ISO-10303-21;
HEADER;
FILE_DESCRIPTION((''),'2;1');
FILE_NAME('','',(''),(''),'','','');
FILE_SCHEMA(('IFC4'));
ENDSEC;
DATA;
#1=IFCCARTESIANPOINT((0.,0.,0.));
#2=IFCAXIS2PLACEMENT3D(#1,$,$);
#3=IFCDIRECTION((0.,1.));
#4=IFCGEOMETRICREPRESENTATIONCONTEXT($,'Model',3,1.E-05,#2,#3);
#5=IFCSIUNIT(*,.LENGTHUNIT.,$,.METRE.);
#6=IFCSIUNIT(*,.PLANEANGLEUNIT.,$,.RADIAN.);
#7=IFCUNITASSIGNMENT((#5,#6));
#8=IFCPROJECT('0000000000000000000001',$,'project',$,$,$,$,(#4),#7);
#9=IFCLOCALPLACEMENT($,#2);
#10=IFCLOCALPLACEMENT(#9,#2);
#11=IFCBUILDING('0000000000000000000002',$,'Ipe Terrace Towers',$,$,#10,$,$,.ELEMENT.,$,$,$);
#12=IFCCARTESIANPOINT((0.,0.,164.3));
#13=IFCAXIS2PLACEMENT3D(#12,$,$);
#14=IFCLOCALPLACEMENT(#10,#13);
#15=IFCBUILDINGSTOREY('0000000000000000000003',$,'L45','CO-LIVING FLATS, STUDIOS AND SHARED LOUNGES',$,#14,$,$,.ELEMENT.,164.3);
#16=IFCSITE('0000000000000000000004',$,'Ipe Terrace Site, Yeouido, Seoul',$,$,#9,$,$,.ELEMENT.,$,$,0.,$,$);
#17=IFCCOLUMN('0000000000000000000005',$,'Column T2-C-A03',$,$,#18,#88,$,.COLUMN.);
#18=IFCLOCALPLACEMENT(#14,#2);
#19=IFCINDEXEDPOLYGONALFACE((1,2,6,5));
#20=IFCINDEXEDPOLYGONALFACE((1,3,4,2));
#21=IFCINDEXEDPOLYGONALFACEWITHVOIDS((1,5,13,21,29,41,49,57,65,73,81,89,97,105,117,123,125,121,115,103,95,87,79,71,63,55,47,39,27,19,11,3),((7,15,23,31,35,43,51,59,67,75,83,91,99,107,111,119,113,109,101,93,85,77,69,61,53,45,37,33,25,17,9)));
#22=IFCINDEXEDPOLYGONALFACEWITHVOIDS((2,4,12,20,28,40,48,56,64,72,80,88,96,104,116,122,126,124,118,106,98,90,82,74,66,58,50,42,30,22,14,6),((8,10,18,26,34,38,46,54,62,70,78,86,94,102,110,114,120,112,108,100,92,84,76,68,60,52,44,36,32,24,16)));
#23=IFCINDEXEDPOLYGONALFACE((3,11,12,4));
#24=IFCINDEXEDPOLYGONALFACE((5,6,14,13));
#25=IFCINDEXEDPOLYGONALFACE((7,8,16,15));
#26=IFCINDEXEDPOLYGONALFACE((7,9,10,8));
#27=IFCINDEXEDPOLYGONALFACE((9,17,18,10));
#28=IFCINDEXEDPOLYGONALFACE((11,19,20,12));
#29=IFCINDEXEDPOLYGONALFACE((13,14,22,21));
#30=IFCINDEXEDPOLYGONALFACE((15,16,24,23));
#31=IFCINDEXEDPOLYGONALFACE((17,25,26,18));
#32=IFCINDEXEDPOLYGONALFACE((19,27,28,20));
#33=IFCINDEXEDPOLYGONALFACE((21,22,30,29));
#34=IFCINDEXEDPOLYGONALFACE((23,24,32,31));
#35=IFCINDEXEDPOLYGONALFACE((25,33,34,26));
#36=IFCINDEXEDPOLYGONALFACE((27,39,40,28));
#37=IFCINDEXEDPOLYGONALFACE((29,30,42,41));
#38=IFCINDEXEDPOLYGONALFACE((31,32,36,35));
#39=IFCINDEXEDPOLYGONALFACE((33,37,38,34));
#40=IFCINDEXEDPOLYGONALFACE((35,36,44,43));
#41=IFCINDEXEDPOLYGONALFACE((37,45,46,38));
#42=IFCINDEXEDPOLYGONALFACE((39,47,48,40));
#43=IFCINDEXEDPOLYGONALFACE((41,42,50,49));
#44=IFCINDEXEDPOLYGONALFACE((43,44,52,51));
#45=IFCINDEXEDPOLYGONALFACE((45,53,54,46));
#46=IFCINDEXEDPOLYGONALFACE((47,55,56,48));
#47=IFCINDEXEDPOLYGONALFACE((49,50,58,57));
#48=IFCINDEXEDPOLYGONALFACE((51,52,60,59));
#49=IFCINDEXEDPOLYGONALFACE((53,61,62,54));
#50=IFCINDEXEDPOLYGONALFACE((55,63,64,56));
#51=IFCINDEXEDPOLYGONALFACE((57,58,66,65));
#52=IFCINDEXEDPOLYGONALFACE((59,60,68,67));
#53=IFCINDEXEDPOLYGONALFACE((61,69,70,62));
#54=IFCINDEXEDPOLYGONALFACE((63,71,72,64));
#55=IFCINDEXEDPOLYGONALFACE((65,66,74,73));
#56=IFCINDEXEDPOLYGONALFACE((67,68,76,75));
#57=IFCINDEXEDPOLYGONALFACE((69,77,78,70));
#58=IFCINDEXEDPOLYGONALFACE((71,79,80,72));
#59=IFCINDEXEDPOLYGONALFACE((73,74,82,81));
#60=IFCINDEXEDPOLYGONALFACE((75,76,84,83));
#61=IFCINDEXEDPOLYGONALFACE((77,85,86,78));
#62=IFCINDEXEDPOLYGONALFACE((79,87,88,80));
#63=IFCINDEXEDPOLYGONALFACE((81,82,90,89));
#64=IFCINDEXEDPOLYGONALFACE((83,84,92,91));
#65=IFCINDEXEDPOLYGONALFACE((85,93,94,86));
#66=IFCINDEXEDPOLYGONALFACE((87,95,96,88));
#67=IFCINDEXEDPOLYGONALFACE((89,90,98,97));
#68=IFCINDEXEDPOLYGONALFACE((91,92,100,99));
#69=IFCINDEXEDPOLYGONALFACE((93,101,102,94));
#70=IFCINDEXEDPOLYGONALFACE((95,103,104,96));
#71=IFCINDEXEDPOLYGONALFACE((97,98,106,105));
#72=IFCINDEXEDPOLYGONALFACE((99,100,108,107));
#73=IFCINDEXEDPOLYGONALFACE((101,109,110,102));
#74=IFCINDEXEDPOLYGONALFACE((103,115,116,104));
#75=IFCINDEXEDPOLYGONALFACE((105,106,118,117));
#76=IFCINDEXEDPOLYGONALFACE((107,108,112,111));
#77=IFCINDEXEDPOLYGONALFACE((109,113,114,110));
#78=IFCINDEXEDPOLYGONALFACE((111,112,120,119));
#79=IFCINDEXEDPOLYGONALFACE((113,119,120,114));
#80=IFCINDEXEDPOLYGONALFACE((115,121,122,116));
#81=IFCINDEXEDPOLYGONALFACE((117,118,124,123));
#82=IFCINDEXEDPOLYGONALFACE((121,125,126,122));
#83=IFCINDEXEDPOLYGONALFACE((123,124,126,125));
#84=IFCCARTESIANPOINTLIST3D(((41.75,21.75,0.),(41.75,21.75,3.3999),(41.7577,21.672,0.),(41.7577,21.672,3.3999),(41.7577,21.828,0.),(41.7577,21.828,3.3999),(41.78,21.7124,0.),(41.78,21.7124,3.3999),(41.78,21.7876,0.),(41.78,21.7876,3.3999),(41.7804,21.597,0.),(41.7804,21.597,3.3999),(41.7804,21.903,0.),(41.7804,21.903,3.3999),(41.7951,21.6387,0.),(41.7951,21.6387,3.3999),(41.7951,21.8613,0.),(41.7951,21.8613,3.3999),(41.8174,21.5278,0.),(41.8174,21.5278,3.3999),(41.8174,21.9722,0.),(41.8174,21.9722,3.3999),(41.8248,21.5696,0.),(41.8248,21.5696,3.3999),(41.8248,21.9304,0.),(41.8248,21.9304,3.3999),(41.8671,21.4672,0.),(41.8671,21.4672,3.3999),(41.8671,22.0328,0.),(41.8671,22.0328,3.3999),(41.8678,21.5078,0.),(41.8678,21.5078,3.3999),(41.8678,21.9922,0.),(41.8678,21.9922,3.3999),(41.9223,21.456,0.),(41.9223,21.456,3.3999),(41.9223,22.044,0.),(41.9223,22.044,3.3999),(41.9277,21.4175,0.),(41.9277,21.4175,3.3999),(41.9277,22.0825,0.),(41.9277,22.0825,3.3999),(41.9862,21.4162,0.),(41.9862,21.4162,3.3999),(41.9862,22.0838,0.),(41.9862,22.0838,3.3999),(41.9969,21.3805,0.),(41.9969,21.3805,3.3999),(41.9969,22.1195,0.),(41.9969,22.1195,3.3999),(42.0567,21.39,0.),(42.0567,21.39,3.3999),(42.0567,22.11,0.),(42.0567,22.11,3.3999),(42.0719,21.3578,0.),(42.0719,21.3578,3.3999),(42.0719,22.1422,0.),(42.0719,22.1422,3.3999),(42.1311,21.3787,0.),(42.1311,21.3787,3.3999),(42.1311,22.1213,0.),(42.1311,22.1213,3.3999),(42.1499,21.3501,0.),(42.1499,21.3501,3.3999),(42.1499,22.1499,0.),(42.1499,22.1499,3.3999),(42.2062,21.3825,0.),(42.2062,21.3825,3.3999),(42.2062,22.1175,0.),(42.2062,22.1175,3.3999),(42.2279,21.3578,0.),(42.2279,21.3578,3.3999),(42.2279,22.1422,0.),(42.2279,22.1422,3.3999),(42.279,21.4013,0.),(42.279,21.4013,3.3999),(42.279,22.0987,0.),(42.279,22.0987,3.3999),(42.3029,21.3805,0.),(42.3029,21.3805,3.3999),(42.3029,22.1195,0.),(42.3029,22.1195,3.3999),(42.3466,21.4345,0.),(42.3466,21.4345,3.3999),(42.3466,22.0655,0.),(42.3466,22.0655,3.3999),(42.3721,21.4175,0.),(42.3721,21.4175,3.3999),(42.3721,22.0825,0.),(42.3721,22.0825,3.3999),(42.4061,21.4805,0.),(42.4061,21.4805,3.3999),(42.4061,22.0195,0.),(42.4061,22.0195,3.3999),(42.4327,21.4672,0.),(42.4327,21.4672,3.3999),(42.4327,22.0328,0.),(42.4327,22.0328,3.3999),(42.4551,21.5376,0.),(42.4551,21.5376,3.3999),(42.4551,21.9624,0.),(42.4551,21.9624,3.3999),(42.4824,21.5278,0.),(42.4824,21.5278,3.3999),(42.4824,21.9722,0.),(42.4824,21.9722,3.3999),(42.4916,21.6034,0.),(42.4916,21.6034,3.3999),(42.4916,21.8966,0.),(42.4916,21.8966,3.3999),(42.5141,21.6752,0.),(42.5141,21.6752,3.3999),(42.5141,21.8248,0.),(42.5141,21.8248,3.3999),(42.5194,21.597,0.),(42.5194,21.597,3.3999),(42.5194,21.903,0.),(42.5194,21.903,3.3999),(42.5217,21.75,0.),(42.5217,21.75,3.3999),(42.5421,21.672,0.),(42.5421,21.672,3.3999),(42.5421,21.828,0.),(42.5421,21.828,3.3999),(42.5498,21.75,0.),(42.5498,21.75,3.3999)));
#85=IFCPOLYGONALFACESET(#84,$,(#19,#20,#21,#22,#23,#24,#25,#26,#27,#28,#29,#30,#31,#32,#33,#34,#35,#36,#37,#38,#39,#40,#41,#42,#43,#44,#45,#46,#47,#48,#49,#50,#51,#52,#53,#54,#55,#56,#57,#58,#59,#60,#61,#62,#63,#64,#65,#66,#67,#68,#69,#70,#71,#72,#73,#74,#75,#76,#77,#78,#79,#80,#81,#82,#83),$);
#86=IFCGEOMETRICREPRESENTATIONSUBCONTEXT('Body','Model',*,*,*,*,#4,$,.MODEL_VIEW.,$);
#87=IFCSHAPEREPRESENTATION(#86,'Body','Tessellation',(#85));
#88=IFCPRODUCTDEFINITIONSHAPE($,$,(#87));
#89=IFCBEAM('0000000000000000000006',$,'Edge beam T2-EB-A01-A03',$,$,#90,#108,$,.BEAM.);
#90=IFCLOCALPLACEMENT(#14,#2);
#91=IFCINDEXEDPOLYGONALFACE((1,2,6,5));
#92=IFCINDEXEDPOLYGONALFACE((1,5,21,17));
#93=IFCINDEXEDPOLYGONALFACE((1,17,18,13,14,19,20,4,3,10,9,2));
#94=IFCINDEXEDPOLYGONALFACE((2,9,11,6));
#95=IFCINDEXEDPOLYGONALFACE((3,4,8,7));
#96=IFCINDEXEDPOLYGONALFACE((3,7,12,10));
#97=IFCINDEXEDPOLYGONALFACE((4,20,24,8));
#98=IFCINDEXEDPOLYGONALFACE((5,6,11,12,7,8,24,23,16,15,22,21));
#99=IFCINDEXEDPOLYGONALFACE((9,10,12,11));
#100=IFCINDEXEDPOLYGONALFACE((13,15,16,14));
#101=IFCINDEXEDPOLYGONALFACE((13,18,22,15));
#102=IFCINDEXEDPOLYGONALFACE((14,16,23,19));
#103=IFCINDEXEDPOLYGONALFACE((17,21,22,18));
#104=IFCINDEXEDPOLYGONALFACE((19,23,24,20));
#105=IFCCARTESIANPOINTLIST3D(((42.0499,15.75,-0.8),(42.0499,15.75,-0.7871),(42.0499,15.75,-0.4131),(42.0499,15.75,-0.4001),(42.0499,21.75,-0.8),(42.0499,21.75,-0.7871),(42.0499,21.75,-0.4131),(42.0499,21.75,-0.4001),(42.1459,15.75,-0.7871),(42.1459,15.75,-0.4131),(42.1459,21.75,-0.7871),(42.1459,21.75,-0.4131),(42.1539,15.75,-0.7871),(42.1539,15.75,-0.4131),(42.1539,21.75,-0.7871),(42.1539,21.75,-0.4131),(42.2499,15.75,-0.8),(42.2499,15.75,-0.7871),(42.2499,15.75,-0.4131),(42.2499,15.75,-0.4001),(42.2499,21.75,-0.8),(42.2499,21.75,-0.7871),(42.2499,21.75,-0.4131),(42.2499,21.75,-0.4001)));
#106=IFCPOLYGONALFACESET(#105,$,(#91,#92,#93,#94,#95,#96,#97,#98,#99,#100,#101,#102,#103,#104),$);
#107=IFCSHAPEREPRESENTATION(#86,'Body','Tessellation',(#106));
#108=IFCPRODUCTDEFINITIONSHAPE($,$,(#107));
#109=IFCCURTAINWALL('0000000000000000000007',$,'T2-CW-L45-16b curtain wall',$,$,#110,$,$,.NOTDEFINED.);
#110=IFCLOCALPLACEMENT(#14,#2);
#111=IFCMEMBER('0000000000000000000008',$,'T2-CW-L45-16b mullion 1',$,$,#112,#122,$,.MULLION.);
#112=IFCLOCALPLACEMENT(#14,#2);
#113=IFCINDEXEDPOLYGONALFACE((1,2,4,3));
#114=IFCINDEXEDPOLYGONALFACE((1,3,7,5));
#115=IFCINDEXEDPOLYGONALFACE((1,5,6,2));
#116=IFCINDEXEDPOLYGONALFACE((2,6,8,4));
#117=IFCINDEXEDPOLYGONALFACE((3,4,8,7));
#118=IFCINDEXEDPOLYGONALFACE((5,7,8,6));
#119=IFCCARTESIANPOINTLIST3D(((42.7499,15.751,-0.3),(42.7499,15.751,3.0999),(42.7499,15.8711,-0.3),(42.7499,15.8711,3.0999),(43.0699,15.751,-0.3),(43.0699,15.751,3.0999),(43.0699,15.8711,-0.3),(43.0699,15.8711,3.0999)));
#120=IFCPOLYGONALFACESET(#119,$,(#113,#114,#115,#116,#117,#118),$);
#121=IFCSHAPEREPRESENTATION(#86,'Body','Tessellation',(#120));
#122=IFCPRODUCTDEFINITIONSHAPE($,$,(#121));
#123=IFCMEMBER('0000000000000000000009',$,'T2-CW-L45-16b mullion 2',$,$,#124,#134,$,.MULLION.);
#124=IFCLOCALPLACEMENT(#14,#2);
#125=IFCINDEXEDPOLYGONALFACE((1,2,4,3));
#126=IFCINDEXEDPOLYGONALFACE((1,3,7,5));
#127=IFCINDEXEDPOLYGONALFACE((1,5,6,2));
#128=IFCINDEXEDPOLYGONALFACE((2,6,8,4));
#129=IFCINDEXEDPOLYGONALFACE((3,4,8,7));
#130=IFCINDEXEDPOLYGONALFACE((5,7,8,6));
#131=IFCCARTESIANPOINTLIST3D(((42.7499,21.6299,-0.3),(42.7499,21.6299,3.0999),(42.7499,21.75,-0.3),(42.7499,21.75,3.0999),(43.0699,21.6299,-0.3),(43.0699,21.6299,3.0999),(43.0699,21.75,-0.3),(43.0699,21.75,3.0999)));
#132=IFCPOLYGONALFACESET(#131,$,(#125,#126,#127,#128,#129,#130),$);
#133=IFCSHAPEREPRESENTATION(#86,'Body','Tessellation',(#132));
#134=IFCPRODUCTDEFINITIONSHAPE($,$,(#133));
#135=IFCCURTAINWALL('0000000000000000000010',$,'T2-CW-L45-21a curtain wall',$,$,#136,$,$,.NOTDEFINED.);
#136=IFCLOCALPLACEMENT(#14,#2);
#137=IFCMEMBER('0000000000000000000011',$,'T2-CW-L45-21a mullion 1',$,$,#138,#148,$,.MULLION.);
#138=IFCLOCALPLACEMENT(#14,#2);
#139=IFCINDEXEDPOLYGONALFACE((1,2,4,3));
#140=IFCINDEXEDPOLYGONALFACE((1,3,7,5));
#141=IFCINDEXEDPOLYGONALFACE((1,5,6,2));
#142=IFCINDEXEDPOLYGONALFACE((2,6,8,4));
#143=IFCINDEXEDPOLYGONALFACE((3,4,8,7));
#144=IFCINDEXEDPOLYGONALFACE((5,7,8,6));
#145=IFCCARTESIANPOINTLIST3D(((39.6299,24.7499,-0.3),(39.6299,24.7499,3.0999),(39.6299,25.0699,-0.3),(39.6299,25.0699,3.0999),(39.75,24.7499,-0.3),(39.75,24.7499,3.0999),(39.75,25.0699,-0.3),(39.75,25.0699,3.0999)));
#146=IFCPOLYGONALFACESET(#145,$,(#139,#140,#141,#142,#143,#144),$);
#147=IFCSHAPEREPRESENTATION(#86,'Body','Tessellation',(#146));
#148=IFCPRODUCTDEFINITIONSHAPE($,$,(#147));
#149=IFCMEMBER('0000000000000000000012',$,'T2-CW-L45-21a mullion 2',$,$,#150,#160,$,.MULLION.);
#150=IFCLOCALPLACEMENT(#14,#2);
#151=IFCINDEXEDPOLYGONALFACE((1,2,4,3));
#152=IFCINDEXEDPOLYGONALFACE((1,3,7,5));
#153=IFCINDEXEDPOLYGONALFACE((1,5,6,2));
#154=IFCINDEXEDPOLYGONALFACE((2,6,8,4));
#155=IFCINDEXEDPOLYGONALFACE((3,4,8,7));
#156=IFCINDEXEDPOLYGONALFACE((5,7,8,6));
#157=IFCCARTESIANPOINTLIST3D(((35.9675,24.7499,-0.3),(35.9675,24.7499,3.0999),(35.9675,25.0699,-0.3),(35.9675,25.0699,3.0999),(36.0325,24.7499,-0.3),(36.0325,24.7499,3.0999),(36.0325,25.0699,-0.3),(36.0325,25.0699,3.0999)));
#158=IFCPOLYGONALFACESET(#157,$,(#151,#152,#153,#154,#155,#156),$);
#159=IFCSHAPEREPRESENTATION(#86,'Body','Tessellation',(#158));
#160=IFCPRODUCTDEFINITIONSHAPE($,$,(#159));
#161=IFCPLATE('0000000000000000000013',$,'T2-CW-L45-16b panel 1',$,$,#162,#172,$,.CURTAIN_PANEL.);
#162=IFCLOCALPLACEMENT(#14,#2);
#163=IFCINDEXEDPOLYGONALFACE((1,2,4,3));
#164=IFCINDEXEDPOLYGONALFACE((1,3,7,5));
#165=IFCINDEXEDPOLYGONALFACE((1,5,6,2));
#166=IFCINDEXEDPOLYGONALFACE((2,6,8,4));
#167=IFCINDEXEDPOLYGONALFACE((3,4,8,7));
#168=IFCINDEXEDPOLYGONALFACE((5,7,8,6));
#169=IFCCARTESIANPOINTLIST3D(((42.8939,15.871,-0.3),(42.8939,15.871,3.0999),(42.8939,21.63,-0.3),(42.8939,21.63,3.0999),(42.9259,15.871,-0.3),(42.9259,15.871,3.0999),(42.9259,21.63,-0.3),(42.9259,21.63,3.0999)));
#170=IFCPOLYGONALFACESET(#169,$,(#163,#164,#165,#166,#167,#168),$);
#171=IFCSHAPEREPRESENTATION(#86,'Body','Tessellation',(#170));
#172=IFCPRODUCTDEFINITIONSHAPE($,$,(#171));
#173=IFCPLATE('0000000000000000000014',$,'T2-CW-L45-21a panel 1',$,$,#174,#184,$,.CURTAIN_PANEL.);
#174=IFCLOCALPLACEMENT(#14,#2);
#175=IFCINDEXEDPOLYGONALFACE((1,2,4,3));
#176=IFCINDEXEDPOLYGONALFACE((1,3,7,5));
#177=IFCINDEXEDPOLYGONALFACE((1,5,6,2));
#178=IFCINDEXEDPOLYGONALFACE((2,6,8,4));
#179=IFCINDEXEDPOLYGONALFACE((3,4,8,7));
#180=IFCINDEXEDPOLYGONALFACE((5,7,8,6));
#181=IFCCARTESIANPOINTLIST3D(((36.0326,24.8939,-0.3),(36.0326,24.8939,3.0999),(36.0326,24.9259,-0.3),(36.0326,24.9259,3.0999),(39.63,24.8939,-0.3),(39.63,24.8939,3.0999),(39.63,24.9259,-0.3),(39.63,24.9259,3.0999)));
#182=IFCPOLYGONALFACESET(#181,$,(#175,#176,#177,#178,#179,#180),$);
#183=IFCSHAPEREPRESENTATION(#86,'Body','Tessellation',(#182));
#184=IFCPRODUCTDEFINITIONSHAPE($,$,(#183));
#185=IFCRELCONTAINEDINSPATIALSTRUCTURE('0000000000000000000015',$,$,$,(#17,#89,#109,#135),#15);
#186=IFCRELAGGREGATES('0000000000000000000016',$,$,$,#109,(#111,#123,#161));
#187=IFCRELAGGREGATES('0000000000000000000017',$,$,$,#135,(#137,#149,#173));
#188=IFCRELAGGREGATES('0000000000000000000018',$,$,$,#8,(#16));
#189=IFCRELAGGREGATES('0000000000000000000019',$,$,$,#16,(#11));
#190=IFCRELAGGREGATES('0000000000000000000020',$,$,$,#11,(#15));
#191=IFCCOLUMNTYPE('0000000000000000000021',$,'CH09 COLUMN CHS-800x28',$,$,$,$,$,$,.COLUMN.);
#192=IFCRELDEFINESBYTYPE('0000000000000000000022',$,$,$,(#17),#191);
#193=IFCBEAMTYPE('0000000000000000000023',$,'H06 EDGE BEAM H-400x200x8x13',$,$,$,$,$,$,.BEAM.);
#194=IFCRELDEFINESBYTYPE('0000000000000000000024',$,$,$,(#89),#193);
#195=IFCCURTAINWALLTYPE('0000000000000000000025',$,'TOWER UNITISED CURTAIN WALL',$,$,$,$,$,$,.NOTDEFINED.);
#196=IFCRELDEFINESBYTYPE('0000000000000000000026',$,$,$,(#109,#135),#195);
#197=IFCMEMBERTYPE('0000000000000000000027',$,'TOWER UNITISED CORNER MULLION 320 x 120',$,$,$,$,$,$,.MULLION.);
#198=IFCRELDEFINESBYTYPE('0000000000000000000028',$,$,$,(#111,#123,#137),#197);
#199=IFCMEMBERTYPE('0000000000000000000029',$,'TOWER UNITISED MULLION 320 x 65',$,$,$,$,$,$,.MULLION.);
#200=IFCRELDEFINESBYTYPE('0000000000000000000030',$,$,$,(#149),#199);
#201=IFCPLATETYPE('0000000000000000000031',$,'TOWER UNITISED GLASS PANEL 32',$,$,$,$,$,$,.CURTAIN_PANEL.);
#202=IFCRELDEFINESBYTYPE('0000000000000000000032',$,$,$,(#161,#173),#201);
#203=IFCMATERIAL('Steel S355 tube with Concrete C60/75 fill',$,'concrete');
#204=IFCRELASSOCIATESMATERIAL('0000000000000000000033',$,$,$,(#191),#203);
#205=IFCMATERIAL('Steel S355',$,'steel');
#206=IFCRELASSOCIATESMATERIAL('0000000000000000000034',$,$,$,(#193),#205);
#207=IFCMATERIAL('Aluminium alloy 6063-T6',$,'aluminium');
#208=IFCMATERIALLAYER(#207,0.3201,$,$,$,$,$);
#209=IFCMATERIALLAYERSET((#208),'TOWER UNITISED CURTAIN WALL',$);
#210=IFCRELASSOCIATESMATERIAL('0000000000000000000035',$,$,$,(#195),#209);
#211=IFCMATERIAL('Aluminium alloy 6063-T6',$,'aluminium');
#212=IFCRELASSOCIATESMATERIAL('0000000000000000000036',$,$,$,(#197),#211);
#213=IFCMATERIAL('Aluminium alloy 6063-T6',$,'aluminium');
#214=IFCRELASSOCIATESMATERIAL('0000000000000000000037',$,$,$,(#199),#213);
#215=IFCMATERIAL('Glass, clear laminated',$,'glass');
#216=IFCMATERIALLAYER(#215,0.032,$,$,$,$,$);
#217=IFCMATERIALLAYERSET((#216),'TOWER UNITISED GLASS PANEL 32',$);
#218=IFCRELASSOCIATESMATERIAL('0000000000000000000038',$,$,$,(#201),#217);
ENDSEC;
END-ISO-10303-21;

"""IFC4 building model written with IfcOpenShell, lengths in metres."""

from ifc_helpers import new_model, si_unit, direction, frame, origin, origin_2d, place, context, subcontext, project, spatial, rectangle, hollow_circle, i_section, extrude, material, layer, layer_set, material_profile, profile_set, type_object, element, aggregate, save


model = new_model("IFC4")

# Units and contexts
model_context = context("Model", 3, precision=1e-05, world=origin(), true_north=direction((0.0, 1.0)))
body_context = subcontext(model_context, "Body", "Model", "MODEL_VIEW")
ifc_project = project(units=[si_unit("LENGTHUNIT", "METRE"), si_unit("PLANEANGLEUNIT", "RADIAN")], contexts=[model_context])

# Site, building, storey
site_placement = place(None, origin())
site = spatial("IfcSite", under=ifc_project, at=site_placement, Name="Ipe Terrace Site, Yeouido, Seoul", CompositionType="ELEMENT", RefElevation=0.0)
building_placement = place(site_placement, origin())
building = spatial("IfcBuilding", under=site, at=building_placement, Name="Ipe Terrace Towers", CompositionType="ELEMENT")
storey_placement = place(building_placement, frame((0.0, 0.0, 164.3)))
storey = spatial("IfcBuildingStorey", under=building, at=storey_placement, Name="L45", Description="CO-LIVING FLATS, STUDIOS AND SHARED LOUNGES", CompositionType="ELEMENT", Elevation=164.3)

# Column
ifc_material_1 = material(Name="Steel S355 tube with Concrete C60/75 fill", Category="concrete")
ifc_material_profile_1 = material_profile(ifc_material_1, hollow_circle(Radius=0.3999, WallThickness=0.0281, at=origin_2d()), Name="CHS-800x28")
ifc_profile_set_1 = profile_set([ifc_material_profile_1], Name="Steel S355 tube with Concrete C60/75 fill")
column_type = type_object("IfcColumnType", Name="CH09 COLUMN CHS-800x28", PredefinedType="COLUMN", material=ifc_profile_set_1)
column_placement = place(storey_placement, frame((42.1499, 21.75, 0.0), z_axis=(0.0, 0.0, 1.0), x_axis=(1.0, 0.0, 0.0)))
element("IfcColumn", 1, at=column_placement, inside=storey, type_object=column_type, Name="Column T2-C-A03", PredefinedType="COLUMN", context=body_context, shape_type="SweptSolid", body=[
    extrude(hollow_circle(Radius=0.3999, WallThickness=0.0281, at=origin_2d()), origin(), (0.0, 0.0, 1.0), 3.3999),
])

# Beam
ifc_material_2 = material(Name="Steel S355", Category="steel")
ifc_material_profile_2 = material_profile(ifc_material_2, i_section(OverallWidth=0.2, OverallDepth=0.3999, WebThickness=0.0081, FlangeThickness=0.0129, at=origin_2d()), Name="H-400x200x8x13")
ifc_profile_set_2 = profile_set([ifc_material_profile_2], Name="Steel S355")
beam_type = type_object("IfcBeamType", Name="H06 EDGE BEAM H-400x200x8x13", PredefinedType="BEAM", material=ifc_profile_set_2)
beam_placement = place(storey_placement, frame((42.1499, 15.75, -0.6001), z_axis=(0.0, 1.0, 0.0), x_axis=(-1.0, 0.0, 0.0)))
element("IfcBeam", 2, at=beam_placement, inside=storey, type_object=beam_type, Name="Edge beam T2-EB-A01-A03", PredefinedType="BEAM", context=body_context, shape_type="SweptSolid", body=[
    extrude(i_section(OverallWidth=0.2, OverallDepth=0.3999, WebThickness=0.0081, FlangeThickness=0.0129, at=origin_2d()), origin(), (0.0, 0.0, 1.0), 6.0),
])

# Curtain walls, members
ifc_material_3 = material(Name="Aluminium alloy 6063-T6", Category="aluminium")
ifc_layer_1 = layer(ifc_material_3, 0.3201)
ifc_layer_set_1 = layer_set([ifc_layer_1], Name="TOWER UNITISED CURTAIN WALL")
curtain_wall_type = type_object("IfcCurtainWallType", Name="TOWER UNITISED CURTAIN WALL", PredefinedType="NOTDEFINED", material=ifc_layer_set_1)
curtain_wall_1_placement = place(storey_placement, origin())
curtain_wall_1 = element("IfcCurtainWall", 3, at=curtain_wall_1_placement, inside=storey, type_object=curtain_wall_type, Name="T2-CW-L45-16b curtain wall", PredefinedType="NOTDEFINED")
ifc_material_4 = material(Name="Aluminium alloy 6063-T6", Category="aluminium")
ifc_material_profile_3 = material_profile(ifc_material_4, rectangle(XDim=0.3201, YDim=0.1201, at=origin_2d()), Name="TOWER UNITISED CORNER MULLION 320 x 120")
ifc_profile_set_3 = profile_set([ifc_material_profile_3], Name="Aluminium alloy 6063-T6")
member_type_1 = type_object("IfcMemberType", Name="TOWER UNITISED CORNER MULLION 320 x 120", PredefinedType="MULLION", material=ifc_profile_set_3)
member_1_placement = place(storey_placement, frame((42.9099, 15.811, -0.3), z_axis=(0.0, 0.0, 1.0), x_axis=(1.0, 0.0, 0.0)))
member_1 = element("IfcMember", 4, at=member_1_placement, type_object=member_type_1, Name="T2-CW-L45-16b mullion 1", PredefinedType="MULLION", context=body_context, shape_type="SweptSolid", body=[
    extrude(rectangle(XDim=0.3201, YDim=0.1201, at=origin_2d()), origin(), (0.0, 0.0, 1.0), 3.3999),
])
member_2_placement = place(storey_placement, frame((42.9099, 21.6899, -0.3), z_axis=(0.0, 0.0, 1.0), x_axis=(1.0, 0.0, 0.0)))
member_2 = element("IfcMember", 5, at=member_2_placement, type_object=member_type_1, Name="T2-CW-L45-16b mullion 2", PredefinedType="MULLION", context=body_context, shape_type="SweptSolid", body=[
    extrude(rectangle(XDim=0.3201, YDim=0.1201, at=origin_2d()), origin(), (0.0, 0.0, 1.0), 3.3999),
])
curtain_wall_2_placement = place(storey_placement, origin())
curtain_wall_2 = element("IfcCurtainWall", 6, at=curtain_wall_2_placement, inside=storey, type_object=curtain_wall_type, Name="T2-CW-L45-21a curtain wall", PredefinedType="NOTDEFINED")
member_3_placement = place(storey_placement, frame((39.6899, 24.9099, -0.3), z_axis=(0.0, 0.0, 1.0), x_axis=(0.0, 1.0, 0.0)))
member_3 = element("IfcMember", 7, at=member_3_placement, type_object=member_type_1, Name="T2-CW-L45-21a mullion 1", PredefinedType="MULLION", context=body_context, shape_type="SweptSolid", body=[
    extrude(rectangle(XDim=0.3201, YDim=0.1201, at=origin_2d()), origin(), (0.0, 0.0, 1.0), 3.3999),
])
ifc_material_5 = material(Name="Aluminium alloy 6063-T6", Category="aluminium")
ifc_material_profile_4 = material_profile(ifc_material_5, rectangle(XDim=0.3201, YDim=0.0649, at=origin_2d()), Name="TOWER UNITISED MULLION 320 x 65")
ifc_profile_set_4 = profile_set([ifc_material_profile_4], Name="Aluminium alloy 6063-T6")
member_type_2 = type_object("IfcMemberType", Name="TOWER UNITISED MULLION 320 x 65", PredefinedType="MULLION", material=ifc_profile_set_4)
member_4_placement = place(storey_placement, frame((36.0, 24.9099, -0.3), z_axis=(0.0, 0.0, 1.0), x_axis=(0.0, 1.0, 0.0)))
member_4 = element("IfcMember", 8, at=member_4_placement, type_object=member_type_2, Name="T2-CW-L45-21a mullion 2", PredefinedType="MULLION", context=body_context, shape_type="SweptSolid", body=[
    extrude(rectangle(XDim=0.3201, YDim=0.0649, at=origin_2d()), origin(), (0.0, 0.0, 1.0), 3.3999),
])

# Plates
ifc_material_6 = material(Name="Glass, clear laminated", Category="glass")
ifc_layer_2 = layer(ifc_material_6, 0.032)
ifc_layer_set_2 = layer_set([ifc_layer_2], Name="TOWER UNITISED GLASS PANEL 32")
plate_type = type_object("IfcPlateType", Name="TOWER UNITISED GLASS PANEL 32", PredefinedType="CURTAIN_PANEL", material=ifc_layer_set_2)
plate_1_placement = place(storey_placement, frame((42.9099, 18.7505, -0.3), z_axis=(0.0, 0.0, 1.0), x_axis=(0.0, 1.0, 0.0)))
plate_1 = element("IfcPlate", 9, at=plate_1_placement, type_object=plate_type, Name="T2-CW-L45-16b panel 1", PredefinedType="CURTAIN_PANEL", context=body_context, shape_type="SweptSolid", body=[
    extrude(rectangle(XDim=5.759, YDim=0.032, at=origin_2d()), origin(), (0.0, 0.0, 1.0), 3.3999),
])
aggregate(curtain_wall_1, [member_1, member_2, plate_1])
plate_2_placement = place(storey_placement, frame((37.8313, 24.9099, -0.3), z_axis=(0.0, 0.0, 1.0), x_axis=(-1.0, 0.0, 0.0)))
plate_2 = element("IfcPlate", 10, at=plate_2_placement, type_object=plate_type, Name="T2-CW-L45-21a panel 1", PredefinedType="CURTAIN_PANEL", context=body_context, shape_type="SweptSolid", body=[
    extrude(rectangle(XDim=3.5974, YDim=0.032, at=origin_2d()), origin(), (0.0, 0.0, 1.0), 3.3999),
])
aggregate(curtain_wall_2, [member_3, member_4, plate_2])

save(model, "model.ifc")
